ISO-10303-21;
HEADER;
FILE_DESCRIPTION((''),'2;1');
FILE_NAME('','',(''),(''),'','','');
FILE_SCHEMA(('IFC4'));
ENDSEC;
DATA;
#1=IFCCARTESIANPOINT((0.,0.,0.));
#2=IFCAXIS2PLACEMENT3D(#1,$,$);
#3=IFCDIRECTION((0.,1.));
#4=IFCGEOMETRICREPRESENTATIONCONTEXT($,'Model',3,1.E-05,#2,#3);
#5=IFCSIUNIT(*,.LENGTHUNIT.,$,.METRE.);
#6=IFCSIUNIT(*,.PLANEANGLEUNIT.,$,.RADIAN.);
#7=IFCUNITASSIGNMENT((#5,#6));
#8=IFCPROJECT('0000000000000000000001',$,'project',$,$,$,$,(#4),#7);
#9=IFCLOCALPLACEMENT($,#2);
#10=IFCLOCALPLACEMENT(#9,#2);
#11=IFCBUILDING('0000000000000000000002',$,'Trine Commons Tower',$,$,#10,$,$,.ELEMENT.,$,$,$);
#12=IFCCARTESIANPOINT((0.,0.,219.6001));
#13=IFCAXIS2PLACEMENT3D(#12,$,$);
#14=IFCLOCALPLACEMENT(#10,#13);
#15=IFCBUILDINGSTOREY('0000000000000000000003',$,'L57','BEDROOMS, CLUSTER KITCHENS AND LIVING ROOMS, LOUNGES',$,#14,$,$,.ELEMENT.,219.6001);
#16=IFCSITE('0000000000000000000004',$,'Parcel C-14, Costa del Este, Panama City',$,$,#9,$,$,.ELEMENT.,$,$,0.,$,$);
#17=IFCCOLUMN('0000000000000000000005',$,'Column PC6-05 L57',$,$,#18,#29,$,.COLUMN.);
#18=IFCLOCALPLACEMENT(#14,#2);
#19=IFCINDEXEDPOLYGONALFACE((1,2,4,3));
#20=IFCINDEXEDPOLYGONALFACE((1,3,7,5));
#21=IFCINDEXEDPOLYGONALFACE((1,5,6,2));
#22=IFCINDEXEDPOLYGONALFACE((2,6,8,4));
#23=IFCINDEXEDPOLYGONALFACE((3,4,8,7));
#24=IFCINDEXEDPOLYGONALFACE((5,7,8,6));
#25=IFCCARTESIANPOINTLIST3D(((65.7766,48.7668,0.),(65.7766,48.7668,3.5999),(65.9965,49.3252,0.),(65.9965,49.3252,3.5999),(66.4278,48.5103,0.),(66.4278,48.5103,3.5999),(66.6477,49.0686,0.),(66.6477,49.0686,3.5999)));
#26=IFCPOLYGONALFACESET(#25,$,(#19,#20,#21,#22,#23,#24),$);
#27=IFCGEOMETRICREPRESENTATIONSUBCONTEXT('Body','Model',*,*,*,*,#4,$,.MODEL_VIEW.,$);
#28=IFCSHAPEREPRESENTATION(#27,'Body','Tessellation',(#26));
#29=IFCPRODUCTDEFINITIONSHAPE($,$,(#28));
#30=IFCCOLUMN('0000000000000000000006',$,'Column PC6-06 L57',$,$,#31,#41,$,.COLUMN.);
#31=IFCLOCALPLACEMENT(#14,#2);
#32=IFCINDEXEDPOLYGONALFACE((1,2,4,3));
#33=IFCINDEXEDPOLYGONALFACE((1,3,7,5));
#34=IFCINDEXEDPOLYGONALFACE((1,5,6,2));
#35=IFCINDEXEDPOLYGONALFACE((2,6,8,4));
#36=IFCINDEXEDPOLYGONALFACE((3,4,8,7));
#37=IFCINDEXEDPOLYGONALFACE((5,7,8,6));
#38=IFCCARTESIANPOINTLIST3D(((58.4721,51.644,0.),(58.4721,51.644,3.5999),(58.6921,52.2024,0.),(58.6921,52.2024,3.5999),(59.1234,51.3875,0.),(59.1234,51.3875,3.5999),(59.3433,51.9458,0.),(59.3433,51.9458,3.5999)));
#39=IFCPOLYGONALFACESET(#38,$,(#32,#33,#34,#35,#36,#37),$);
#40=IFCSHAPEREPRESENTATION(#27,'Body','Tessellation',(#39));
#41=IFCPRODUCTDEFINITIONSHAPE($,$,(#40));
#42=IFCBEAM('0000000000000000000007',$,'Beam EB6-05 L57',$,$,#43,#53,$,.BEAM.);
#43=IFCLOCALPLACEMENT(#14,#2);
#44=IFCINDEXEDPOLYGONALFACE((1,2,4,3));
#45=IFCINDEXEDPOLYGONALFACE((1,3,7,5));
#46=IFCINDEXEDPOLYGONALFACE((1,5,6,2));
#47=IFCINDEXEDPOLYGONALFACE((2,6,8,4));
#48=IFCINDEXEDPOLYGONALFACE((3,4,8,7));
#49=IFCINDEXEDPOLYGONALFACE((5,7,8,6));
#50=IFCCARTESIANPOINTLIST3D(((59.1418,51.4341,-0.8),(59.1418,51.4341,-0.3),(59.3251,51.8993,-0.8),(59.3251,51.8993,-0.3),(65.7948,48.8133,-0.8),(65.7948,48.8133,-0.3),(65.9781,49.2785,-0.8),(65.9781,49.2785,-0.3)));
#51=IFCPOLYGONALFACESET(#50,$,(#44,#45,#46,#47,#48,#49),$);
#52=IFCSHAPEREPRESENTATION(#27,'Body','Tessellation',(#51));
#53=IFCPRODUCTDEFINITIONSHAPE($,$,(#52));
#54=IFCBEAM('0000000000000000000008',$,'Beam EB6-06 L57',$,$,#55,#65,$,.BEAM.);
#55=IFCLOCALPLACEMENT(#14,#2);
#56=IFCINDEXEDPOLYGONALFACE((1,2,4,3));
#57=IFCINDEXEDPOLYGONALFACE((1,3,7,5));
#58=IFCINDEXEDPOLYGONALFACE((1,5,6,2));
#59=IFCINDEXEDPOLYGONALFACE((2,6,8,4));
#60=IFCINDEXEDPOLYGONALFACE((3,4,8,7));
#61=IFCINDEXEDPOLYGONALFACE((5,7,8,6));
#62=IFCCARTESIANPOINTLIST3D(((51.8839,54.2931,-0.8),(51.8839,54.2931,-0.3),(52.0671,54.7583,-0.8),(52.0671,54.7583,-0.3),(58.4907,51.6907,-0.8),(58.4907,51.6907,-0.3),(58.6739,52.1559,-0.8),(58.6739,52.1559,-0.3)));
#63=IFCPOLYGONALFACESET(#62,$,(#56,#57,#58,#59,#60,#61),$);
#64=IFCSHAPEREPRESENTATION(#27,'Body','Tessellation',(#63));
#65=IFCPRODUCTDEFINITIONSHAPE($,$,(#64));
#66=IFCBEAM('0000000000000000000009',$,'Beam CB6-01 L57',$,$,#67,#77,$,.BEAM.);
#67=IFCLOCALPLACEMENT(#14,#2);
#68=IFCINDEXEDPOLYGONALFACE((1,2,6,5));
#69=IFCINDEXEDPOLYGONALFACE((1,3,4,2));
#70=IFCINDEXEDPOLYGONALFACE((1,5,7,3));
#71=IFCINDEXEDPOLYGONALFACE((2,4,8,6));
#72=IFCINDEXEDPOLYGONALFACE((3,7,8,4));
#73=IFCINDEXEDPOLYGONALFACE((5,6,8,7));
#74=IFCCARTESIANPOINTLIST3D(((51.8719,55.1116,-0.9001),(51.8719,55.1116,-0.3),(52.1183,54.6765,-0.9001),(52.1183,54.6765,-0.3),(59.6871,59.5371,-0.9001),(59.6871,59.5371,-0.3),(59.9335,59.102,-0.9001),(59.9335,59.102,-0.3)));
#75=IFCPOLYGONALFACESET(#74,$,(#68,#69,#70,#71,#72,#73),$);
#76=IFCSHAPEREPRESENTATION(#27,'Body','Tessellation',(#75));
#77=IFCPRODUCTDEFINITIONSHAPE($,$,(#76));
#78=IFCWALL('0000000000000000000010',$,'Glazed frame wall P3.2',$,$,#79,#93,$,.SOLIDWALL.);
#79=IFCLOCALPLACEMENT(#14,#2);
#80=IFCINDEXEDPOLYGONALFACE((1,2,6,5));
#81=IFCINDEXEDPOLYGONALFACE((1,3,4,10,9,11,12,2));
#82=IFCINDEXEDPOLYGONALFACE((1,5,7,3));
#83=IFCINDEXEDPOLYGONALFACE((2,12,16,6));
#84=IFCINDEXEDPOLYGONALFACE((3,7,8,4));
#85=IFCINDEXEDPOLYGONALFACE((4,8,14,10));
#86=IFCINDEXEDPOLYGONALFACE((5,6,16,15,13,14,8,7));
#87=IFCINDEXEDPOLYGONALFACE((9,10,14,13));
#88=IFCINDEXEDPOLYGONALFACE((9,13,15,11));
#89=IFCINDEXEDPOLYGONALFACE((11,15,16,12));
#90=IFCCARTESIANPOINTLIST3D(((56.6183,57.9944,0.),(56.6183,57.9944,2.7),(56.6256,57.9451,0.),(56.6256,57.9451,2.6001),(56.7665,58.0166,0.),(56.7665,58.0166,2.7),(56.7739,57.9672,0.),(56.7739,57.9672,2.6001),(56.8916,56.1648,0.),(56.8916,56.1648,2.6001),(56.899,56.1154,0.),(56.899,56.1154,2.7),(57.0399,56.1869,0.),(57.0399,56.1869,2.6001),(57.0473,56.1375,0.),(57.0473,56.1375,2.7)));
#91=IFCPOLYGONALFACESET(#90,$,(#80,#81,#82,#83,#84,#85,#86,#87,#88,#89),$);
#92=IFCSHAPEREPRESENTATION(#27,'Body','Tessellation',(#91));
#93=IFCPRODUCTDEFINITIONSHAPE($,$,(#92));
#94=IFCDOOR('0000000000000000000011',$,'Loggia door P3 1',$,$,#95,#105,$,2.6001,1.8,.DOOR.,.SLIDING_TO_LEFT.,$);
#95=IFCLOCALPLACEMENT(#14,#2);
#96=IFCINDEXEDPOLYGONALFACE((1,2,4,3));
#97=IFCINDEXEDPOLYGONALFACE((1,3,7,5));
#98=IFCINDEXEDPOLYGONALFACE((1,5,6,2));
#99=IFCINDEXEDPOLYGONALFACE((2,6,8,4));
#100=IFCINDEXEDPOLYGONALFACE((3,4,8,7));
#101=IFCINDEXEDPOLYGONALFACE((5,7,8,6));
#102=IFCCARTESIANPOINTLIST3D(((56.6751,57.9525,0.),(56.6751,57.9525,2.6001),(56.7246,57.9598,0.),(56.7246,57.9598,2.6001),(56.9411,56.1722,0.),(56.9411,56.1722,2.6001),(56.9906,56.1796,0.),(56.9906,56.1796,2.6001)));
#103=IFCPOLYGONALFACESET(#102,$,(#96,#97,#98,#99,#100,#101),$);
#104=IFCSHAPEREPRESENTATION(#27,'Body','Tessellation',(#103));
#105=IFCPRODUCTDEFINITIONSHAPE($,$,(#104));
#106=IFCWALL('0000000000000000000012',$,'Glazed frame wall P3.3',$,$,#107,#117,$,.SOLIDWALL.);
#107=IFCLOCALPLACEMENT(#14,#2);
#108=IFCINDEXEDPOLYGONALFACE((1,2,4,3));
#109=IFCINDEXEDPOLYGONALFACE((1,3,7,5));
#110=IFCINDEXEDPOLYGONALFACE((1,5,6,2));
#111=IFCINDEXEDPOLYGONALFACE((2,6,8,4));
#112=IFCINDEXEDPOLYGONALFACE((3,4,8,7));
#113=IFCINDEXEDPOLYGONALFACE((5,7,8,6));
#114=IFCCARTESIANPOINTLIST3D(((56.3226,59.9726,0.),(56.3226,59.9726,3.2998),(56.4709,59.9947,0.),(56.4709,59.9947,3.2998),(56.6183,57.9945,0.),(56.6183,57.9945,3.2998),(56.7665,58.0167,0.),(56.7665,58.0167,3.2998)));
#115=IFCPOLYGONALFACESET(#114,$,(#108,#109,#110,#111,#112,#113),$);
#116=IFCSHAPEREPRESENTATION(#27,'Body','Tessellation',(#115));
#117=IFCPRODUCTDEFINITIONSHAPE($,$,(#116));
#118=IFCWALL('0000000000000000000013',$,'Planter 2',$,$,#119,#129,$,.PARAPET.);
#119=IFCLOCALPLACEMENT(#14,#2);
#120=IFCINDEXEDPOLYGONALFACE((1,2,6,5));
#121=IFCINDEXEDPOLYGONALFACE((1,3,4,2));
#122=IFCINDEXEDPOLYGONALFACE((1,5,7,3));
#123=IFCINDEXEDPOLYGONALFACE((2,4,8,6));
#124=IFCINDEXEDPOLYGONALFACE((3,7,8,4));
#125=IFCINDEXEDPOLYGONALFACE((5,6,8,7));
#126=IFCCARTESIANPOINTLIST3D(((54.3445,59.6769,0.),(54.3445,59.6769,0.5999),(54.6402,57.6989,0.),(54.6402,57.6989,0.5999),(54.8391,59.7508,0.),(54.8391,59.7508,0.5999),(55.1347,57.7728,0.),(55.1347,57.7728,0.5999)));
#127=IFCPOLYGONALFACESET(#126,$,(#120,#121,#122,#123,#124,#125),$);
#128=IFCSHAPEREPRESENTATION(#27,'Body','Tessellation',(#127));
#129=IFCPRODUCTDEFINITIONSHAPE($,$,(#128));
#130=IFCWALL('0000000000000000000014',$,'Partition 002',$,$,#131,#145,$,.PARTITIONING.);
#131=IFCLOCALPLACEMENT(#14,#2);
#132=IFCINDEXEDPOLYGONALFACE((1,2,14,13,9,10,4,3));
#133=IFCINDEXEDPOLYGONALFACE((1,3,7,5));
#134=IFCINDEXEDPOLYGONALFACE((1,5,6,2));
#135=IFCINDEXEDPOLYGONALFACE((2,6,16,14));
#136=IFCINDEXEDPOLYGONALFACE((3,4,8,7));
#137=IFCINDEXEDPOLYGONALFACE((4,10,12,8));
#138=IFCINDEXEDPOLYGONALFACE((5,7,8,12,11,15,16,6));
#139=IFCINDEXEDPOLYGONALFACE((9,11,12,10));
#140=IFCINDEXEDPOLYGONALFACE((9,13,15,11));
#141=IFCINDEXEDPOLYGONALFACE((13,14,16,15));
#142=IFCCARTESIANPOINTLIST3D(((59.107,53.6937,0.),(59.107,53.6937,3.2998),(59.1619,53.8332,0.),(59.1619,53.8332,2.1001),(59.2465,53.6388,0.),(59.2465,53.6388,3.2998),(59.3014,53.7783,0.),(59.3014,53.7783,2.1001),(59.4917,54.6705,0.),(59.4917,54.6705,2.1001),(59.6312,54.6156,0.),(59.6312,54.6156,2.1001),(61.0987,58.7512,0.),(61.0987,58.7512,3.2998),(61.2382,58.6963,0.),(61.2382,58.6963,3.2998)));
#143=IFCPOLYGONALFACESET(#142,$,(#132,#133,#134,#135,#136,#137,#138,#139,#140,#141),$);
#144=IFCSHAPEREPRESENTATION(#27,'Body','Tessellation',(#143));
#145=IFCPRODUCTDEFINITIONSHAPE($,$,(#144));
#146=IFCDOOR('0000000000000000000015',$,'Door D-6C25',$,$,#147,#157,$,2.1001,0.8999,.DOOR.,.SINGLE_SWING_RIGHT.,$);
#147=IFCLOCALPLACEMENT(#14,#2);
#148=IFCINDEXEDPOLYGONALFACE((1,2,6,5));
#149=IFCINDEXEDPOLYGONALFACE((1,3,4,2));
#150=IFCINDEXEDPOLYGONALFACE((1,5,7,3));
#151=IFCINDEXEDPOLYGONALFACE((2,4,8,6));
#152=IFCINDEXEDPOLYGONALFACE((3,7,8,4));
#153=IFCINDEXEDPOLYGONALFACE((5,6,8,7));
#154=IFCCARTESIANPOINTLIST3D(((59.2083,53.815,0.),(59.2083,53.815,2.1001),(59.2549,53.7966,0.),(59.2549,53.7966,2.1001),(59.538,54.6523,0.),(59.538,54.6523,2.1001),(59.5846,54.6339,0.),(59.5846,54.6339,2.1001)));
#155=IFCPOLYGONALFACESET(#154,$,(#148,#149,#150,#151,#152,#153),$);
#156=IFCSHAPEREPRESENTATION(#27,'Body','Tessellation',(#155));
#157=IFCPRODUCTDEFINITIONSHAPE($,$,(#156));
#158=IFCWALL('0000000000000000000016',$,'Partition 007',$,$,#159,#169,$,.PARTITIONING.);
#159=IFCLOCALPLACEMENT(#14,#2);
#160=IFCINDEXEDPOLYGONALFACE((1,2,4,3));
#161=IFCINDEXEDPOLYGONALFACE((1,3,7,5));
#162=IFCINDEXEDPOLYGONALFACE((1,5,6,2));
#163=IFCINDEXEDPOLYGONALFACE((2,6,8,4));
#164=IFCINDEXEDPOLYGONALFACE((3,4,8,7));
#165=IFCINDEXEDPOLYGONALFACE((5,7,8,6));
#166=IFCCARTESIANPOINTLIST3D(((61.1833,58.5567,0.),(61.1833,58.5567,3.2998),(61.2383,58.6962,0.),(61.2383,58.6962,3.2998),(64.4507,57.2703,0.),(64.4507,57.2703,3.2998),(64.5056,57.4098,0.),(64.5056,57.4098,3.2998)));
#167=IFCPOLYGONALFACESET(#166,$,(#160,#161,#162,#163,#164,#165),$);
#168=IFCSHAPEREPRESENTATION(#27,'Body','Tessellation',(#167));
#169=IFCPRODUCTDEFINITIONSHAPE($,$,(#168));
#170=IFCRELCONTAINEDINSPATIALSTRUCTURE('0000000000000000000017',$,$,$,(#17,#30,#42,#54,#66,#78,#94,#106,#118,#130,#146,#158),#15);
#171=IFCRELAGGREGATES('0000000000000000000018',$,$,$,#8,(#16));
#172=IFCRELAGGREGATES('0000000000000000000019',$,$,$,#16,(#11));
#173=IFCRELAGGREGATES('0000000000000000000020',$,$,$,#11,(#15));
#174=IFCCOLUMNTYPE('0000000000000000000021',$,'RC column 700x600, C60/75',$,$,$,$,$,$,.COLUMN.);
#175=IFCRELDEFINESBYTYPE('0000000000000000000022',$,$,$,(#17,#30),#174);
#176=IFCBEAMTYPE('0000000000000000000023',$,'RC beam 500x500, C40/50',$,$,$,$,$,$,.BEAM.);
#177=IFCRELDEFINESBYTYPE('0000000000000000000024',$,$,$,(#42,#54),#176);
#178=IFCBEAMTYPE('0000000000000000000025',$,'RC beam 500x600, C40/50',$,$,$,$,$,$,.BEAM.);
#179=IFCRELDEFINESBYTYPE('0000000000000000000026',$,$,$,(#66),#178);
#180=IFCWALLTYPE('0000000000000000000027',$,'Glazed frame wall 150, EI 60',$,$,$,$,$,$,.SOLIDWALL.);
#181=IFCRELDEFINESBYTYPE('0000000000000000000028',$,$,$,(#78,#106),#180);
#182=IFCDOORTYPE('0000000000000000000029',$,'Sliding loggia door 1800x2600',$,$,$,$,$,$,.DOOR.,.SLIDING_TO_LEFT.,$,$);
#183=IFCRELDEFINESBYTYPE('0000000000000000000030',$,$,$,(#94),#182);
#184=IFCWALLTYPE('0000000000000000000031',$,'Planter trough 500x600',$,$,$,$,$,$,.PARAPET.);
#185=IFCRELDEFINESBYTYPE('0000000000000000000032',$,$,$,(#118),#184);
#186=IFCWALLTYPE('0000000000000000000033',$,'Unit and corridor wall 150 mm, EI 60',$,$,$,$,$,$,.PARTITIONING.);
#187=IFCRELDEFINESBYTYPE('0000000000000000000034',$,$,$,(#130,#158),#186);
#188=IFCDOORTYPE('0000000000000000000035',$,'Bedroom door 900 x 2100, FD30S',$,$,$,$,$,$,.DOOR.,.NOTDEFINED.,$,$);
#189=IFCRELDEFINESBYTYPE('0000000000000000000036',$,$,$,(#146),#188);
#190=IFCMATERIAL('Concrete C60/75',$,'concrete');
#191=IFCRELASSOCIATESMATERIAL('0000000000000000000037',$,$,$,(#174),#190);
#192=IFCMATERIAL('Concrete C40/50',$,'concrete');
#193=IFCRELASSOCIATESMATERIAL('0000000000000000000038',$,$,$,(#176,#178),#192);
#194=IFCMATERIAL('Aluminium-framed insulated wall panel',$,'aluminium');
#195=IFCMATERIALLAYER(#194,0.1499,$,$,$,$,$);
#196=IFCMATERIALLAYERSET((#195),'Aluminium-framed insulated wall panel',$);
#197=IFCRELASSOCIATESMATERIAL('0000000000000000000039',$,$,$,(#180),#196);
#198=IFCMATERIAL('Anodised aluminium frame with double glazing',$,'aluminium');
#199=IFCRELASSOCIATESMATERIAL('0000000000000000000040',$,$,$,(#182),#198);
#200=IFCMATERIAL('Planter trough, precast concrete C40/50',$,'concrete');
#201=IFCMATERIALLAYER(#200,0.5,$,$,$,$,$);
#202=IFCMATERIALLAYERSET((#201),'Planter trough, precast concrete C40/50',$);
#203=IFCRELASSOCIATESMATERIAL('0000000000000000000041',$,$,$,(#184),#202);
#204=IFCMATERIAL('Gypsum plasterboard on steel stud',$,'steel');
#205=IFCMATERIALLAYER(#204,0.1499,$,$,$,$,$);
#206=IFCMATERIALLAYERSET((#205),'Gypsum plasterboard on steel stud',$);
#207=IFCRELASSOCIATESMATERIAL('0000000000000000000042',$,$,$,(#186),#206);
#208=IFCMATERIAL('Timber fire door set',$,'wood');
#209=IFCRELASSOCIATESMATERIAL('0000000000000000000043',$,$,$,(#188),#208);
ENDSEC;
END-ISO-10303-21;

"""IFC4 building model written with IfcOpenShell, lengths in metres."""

from ifc_helpers import new_model, si_unit, direction, frame, frame_2d, origin, origin_2d, place, context, subcontext, project, spatial, polyline, rectangle, outline, extrude, material, layer, layer_set, material_profile, profile_set, type_object, element, fill, save


model = new_model("IFC4")

# Units and contexts
model_context = context("Model", 3, precision=1e-05, world=origin(), true_north=direction((0.0, 1.0)))
body_context = subcontext(model_context, "Body", "Model", "MODEL_VIEW")
ifc_project = project(units=[si_unit("LENGTHUNIT", "METRE"), si_unit("PLANEANGLEUNIT", "RADIAN")], contexts=[model_context])

# Site, building, storey
site_placement = place(None, origin())
site = spatial("IfcSite", under=ifc_project, at=site_placement, Name="Parcel C-14, Costa del Este, Panama City", CompositionType="ELEMENT", RefElevation=0.0)
building_placement = place(site_placement, origin())
building = spatial("IfcBuilding", under=site, at=building_placement, Name="Trine Commons Tower", CompositionType="ELEMENT")
storey_placement = place(building_placement, frame((0.0, 0.0, 219.6001)))
storey = spatial("IfcBuildingStorey", under=building, at=storey_placement, Name="L57", Description="BEDROOMS, CLUSTER KITCHENS AND LIVING ROOMS, LOUNGES", CompositionType="ELEMENT", Elevation=219.6001)

# Columns
ifc_material_1 = material(Name="Concrete C60/75", Category="concrete")
ifc_material_profile_1 = material_profile(ifc_material_1, rectangle(XDim=0.7, YDim=0.6001, at=origin_2d()), Name="RC 700x600")
ifc_profile_set_1 = profile_set([ifc_material_profile_1], Name="Concrete C60/75")
column_type = type_object("IfcColumnType", Name="RC column 700x600, C60/75", PredefinedType="COLUMN", material=ifc_profile_set_1)
for number, where, z_axis, x_axis, name in (
    (1, (66.2122, 48.9177, 0.0), (0.0, 0.0, 1.0), (-0.930418, 0.366501, 0.0), "Column PC6-05 L57"),
    (2, (58.9077, 51.7949, 0.0), (0.0, 0.0, 1.0), (-0.930418, 0.366501, 0.0), "Column PC6-06 L57"),
):
    element("IfcColumn", number, at=place(storey_placement, frame(where, z_axis=z_axis, x_axis=x_axis)), inside=storey, type_object=column_type, Name=name, PredefinedType="COLUMN", context=body_context, shape_type="SweptSolid", body=[
        extrude(rectangle(XDim=0.7, YDim=0.6001, at=origin_2d()), origin(), (0.0, 0.0, 1.0), 3.5999),
    ])

# Beams
ifc_material_2 = material(Name="Concrete C40/50", Category="concrete")
ifc_material_profile_2 = material_profile(ifc_material_2, rectangle(XDim=0.5, YDim=0.5, at=origin_2d()), Name="RC 500x500")
ifc_profile_set_2 = profile_set([ifc_material_profile_2], Name="Concrete C40/50")
beam_type_1 = type_object("IfcBeamType", Name="RC beam 500x500, C40/50", PredefinedType="BEAM", material=ifc_profile_set_2)
beam_1_placement = place(storey_placement, frame((65.8865, 49.0459, -0.55), z_axis=(-0.930411, 0.366517, 0.0), x_axis=(-0.366517, -0.930411, 0.0)))
element("IfcBeam", 3, at=beam_1_placement, inside=storey, type_object=beam_type_1, Name="Beam EB6-05 L57", PredefinedType="BEAM", context=body_context, shape_type="SweptSolid", body=[
    extrude(rectangle(XDim=0.5, YDim=0.5, at=origin_2d()), origin(), (0.0, 0.0, 1.0), 7.1506),
])
beam_2_placement = place(storey_placement, frame((58.5823, 51.9233, -0.55), z_axis=(-0.930425, 0.366483, 0.0), x_axis=(-0.366483, -0.930425, 0.0)))
element("IfcBeam", 4, at=beam_2_placement, inside=storey, type_object=beam_type_1, Name="Beam EB6-06 L57", PredefinedType="BEAM", context=body_context, shape_type="SweptSolid", body=[
    extrude(rectangle(XDim=0.5, YDim=0.5, at=origin_2d()), origin(), (0.0, 0.0, 1.0), 7.1008),
])
ifc_material_profile_3 = material_profile(ifc_material_2, rectangle(XDim=0.5, YDim=0.6001, at=origin_2d()), Name="RC 500x600")
ifc_profile_set_3 = profile_set([ifc_material_profile_3], Name="Concrete C40/50")
beam_type_2 = type_object("IfcBeamType", Name="RC beam 500x600, C40/50", PredefinedType="BEAM", material=ifc_profile_set_3)
beam_3_placement = place(storey_placement, frame((51.9951, 54.894, -0.6001), z_axis=(0.870169, 0.492754, 0.0), x_axis=(-0.492754, 0.870169, 0.0)))
element("IfcBeam", 5, at=beam_3_placement, inside=storey, type_object=beam_type_2, Name="Beam CB6-01 L57", PredefinedType="BEAM", context=body_context, shape_type="SweptSolid", body=[
    extrude(rectangle(XDim=0.5, YDim=0.6001, at=origin_2d()), origin(), (0.0, 0.0, 1.0), 8.9812),
])

# Shared definitions
ifc_material_3 = material(Name="Aluminium-framed insulated wall panel", Category="aluminium")
ifc_layer_1 = layer(ifc_material_3, 0.1499)
ifc_layer_set_1 = layer_set([ifc_layer_1], Name="Aluminium-framed insulated wall panel")
wall_type_1 = type_object("IfcWallType", Name="Glazed frame wall 150, EI 60", PredefinedType="SOLIDWALL", material=ifc_layer_set_1)

# Wall, opening, door
wall_1_placement = place(storey_placement, frame((56.9731, 56.1265, 0.0), z_axis=(0.0, 0.0, 1.0), x_axis=(-0.147769, 0.989022, 0.0)))
wall_1 = element("IfcWall", 6, at=wall_1_placement, inside=storey, type_object=wall_type_1, Name="Glazed frame wall P3.2", PredefinedType="SOLIDWALL", context=body_context, shape_type="SweptSolid", body=[
    extrude(outline(polyline([(0.0, -0.075), (1.8999, -0.075), (1.8999, 0.075), (0.0, 0.075), (0.0, -0.075)])), origin(), (0.0, 0.0, 1.0), 2.7),
])
opening_1_placement = place(wall_1_placement, frame((0.05, 0.0, 0.0)))
opening_1 = element("IfcOpeningElement", 7, at=opening_1_placement, cuts=wall_1, PredefinedType="OPENING", context=body_context, shape_type="SweptSolid", body=[
    extrude(rectangle(XDim=1.8, YDim=2.6001, at=frame_2d((0.8999, 1.3))), frame((0.0, 0.085, 0.0), z_axis=(0.0, -1.0, 0.0), x_axis=(1.0, 0.0, 0.0)), (0.0, 0.0, 1.0), 0.1699),
])
ifc_material_4 = material(Name="Anodised aluminium frame with double glazing", Category="aluminium")
door_type_1 = type_object("IfcDoorType", Name="Sliding loggia door 1800x2600", OperationType="SLIDING_TO_LEFT", PredefinedType="DOOR", material=ifc_material_4)
door_1_placement = place(opening_1_placement, origin())
door_1 = element("IfcDoor", 8, at=door_1_placement, inside=storey, type_object=door_type_1, Name="Loggia door P3 1", OperationType="SLIDING_TO_LEFT", OverallHeight=2.6001, OverallWidth=1.8, PredefinedType="DOOR", context=body_context, shape_type="SweptSolid", body=[
    extrude(rectangle(XDim=1.8, YDim=2.6001, at=frame_2d((0.8999, 1.3))), frame((0.0, 0.0249, 0.0), z_axis=(0.0, -1.0, 0.0), x_axis=(1.0, 0.0, 0.0)), (0.0, 0.0, 1.0), 0.05),
])
fill(opening_1, door_1)

# Walls
wall_2_placement = place(storey_placement, frame((56.6924, 58.0056, 0.0), z_axis=(0.0, 0.0, 1.0), x_axis=(-0.147827, 0.989013, 0.0)))
element("IfcWall", 9, at=wall_2_placement, inside=storey, type_object=wall_type_1, Name="Glazed frame wall P3.3", PredefinedType="SOLIDWALL", context=body_context, shape_type="SweptSolid", body=[
    extrude(outline(polyline([(0.0, -0.075), (2.0, -0.075), (2.0, 0.075), (0.0, 0.075), (0.0, -0.075)])), origin(), (0.0, 0.0, 1.0), 3.2998),
])
ifc_material_5 = material(Name="Planter trough, precast concrete C40/50", Category="concrete")
ifc_layer_2 = layer(ifc_material_5, 0.5)
ifc_layer_set_2 = layer_set([ifc_layer_2], Name="Planter trough, precast concrete C40/50")
wall_type_2 = type_object("IfcWallType", Name="Planter trough 500x600", PredefinedType="PARAPET", material=ifc_layer_set_2)
wall_3_placement = place(storey_placement, frame((54.8875, 57.7358, 0.0), z_axis=(0.0, 0.0, 1.0), x_axis=(-0.147827, 0.989013, 0.0)))
element("IfcWall", 10, at=wall_3_placement, inside=storey, type_object=wall_type_2, Name="Planter 2", PredefinedType="PARAPET", context=body_context, shape_type="SweptSolid", body=[
    extrude(rectangle(XDim=2.0, YDim=0.5, at=frame_2d((1.0, 0.0))), origin(), (0.0, 0.0, 1.0), 0.5999),
])

# Wall, opening, door
ifc_material_6 = material(Name="Gypsum plasterboard on steel stud", Category="steel")
ifc_layer_3 = layer(ifc_material_6, 0.1499)
ifc_layer_set_3 = layer_set([ifc_layer_3], Name="Gypsum plasterboard on steel stud")
wall_type_3 = type_object("IfcWallType", Name="Unit and corridor wall 150 mm, EI 60", PredefinedType="PARTITIONING", material=ifc_layer_set_3)
wall_4_placement = place(storey_placement, frame((59.1768, 53.6663, 0.0), z_axis=(0.0, 0.0, 1.0), x_axis=(0.366414, 0.930452, 0.0)))
wall_4 = element("IfcWall", 11, at=wall_4_placement, inside=storey, type_object=wall_type_3, Name="Partition 002", PredefinedType="PARTITIONING", context=body_context, shape_type="SweptSolid", body=[
    extrude(rectangle(XDim=5.4355, YDim=0.1499, at=frame_2d((2.7178, 0.0))), origin(), (0.0, 0.0, 1.0), 3.2998),
])
opening_2_placement = place(wall_4_placement, frame((0.1499, 0.0, 0.0)))
opening_2 = element("IfcOpeningElement", 12, at=opening_2_placement, cuts=wall_4, PredefinedType="OPENING", context=body_context, shape_type="SweptSolid", body=[
    extrude(rectangle(XDim=0.8999, YDim=2.1001, at=frame_2d((0.45, 1.05))), frame((0.0, 0.085, 0.0), z_axis=(0.0, -1.0, 0.0), x_axis=(1.0, 0.0, 0.0)), (0.0, 0.0, 1.0), 0.1699),
])
ifc_material_7 = material(Name="Timber fire door set", Category="wood")
door_type_2 = type_object("IfcDoorType", Name="Bedroom door 900 x 2100, FD30S", OperationType="NOTDEFINED", PredefinedType="DOOR", material=ifc_material_7)
door_2_placement = place(opening_2_placement, frame((0.8999, 0.0, 0.0), z_axis=(0.0, 0.0, 1.0), x_axis=(-1.0, 0.0, 0.0)))
door_2 = element("IfcDoor", 13, at=door_2_placement, inside=storey, type_object=door_type_2, Name="Door D-6C25", OperationType="SINGLE_SWING_RIGHT", OverallHeight=2.1001, OverallWidth=0.8999, PredefinedType="DOOR", context=body_context, shape_type="SweptSolid", body=[
    extrude(rectangle(XDim=0.8999, YDim=2.1001, at=frame_2d((0.45, 1.05))), frame((0.0, 0.0249, 0.0), z_axis=(0.0, -1.0, 0.0), x_axis=(1.0, 0.0, 0.0)), (0.0, 0.0, 1.0), 0.05),
])
fill(opening_2, door_2)

# Wall
wall_5_placement = place(storey_placement, frame((61.2107, 58.6265, 0.0), z_axis=(0.0, 0.0, 1.0), x_axis=(0.930482, -0.366338, 0.0)))
element("IfcWall", 14, at=wall_5_placement, inside=storey, type_object=wall_type_3, Name="Partition 007", PredefinedType="PARTITIONING", context=body_context, shape_type="SweptSolid", body=[
    extrude(rectangle(XDim=3.5115, YDim=0.1499, at=frame_2d((1.7559, 0.0))), origin(), (0.0, 0.0, 1.0), 3.2998),
])

save(model, "model.ifc")
